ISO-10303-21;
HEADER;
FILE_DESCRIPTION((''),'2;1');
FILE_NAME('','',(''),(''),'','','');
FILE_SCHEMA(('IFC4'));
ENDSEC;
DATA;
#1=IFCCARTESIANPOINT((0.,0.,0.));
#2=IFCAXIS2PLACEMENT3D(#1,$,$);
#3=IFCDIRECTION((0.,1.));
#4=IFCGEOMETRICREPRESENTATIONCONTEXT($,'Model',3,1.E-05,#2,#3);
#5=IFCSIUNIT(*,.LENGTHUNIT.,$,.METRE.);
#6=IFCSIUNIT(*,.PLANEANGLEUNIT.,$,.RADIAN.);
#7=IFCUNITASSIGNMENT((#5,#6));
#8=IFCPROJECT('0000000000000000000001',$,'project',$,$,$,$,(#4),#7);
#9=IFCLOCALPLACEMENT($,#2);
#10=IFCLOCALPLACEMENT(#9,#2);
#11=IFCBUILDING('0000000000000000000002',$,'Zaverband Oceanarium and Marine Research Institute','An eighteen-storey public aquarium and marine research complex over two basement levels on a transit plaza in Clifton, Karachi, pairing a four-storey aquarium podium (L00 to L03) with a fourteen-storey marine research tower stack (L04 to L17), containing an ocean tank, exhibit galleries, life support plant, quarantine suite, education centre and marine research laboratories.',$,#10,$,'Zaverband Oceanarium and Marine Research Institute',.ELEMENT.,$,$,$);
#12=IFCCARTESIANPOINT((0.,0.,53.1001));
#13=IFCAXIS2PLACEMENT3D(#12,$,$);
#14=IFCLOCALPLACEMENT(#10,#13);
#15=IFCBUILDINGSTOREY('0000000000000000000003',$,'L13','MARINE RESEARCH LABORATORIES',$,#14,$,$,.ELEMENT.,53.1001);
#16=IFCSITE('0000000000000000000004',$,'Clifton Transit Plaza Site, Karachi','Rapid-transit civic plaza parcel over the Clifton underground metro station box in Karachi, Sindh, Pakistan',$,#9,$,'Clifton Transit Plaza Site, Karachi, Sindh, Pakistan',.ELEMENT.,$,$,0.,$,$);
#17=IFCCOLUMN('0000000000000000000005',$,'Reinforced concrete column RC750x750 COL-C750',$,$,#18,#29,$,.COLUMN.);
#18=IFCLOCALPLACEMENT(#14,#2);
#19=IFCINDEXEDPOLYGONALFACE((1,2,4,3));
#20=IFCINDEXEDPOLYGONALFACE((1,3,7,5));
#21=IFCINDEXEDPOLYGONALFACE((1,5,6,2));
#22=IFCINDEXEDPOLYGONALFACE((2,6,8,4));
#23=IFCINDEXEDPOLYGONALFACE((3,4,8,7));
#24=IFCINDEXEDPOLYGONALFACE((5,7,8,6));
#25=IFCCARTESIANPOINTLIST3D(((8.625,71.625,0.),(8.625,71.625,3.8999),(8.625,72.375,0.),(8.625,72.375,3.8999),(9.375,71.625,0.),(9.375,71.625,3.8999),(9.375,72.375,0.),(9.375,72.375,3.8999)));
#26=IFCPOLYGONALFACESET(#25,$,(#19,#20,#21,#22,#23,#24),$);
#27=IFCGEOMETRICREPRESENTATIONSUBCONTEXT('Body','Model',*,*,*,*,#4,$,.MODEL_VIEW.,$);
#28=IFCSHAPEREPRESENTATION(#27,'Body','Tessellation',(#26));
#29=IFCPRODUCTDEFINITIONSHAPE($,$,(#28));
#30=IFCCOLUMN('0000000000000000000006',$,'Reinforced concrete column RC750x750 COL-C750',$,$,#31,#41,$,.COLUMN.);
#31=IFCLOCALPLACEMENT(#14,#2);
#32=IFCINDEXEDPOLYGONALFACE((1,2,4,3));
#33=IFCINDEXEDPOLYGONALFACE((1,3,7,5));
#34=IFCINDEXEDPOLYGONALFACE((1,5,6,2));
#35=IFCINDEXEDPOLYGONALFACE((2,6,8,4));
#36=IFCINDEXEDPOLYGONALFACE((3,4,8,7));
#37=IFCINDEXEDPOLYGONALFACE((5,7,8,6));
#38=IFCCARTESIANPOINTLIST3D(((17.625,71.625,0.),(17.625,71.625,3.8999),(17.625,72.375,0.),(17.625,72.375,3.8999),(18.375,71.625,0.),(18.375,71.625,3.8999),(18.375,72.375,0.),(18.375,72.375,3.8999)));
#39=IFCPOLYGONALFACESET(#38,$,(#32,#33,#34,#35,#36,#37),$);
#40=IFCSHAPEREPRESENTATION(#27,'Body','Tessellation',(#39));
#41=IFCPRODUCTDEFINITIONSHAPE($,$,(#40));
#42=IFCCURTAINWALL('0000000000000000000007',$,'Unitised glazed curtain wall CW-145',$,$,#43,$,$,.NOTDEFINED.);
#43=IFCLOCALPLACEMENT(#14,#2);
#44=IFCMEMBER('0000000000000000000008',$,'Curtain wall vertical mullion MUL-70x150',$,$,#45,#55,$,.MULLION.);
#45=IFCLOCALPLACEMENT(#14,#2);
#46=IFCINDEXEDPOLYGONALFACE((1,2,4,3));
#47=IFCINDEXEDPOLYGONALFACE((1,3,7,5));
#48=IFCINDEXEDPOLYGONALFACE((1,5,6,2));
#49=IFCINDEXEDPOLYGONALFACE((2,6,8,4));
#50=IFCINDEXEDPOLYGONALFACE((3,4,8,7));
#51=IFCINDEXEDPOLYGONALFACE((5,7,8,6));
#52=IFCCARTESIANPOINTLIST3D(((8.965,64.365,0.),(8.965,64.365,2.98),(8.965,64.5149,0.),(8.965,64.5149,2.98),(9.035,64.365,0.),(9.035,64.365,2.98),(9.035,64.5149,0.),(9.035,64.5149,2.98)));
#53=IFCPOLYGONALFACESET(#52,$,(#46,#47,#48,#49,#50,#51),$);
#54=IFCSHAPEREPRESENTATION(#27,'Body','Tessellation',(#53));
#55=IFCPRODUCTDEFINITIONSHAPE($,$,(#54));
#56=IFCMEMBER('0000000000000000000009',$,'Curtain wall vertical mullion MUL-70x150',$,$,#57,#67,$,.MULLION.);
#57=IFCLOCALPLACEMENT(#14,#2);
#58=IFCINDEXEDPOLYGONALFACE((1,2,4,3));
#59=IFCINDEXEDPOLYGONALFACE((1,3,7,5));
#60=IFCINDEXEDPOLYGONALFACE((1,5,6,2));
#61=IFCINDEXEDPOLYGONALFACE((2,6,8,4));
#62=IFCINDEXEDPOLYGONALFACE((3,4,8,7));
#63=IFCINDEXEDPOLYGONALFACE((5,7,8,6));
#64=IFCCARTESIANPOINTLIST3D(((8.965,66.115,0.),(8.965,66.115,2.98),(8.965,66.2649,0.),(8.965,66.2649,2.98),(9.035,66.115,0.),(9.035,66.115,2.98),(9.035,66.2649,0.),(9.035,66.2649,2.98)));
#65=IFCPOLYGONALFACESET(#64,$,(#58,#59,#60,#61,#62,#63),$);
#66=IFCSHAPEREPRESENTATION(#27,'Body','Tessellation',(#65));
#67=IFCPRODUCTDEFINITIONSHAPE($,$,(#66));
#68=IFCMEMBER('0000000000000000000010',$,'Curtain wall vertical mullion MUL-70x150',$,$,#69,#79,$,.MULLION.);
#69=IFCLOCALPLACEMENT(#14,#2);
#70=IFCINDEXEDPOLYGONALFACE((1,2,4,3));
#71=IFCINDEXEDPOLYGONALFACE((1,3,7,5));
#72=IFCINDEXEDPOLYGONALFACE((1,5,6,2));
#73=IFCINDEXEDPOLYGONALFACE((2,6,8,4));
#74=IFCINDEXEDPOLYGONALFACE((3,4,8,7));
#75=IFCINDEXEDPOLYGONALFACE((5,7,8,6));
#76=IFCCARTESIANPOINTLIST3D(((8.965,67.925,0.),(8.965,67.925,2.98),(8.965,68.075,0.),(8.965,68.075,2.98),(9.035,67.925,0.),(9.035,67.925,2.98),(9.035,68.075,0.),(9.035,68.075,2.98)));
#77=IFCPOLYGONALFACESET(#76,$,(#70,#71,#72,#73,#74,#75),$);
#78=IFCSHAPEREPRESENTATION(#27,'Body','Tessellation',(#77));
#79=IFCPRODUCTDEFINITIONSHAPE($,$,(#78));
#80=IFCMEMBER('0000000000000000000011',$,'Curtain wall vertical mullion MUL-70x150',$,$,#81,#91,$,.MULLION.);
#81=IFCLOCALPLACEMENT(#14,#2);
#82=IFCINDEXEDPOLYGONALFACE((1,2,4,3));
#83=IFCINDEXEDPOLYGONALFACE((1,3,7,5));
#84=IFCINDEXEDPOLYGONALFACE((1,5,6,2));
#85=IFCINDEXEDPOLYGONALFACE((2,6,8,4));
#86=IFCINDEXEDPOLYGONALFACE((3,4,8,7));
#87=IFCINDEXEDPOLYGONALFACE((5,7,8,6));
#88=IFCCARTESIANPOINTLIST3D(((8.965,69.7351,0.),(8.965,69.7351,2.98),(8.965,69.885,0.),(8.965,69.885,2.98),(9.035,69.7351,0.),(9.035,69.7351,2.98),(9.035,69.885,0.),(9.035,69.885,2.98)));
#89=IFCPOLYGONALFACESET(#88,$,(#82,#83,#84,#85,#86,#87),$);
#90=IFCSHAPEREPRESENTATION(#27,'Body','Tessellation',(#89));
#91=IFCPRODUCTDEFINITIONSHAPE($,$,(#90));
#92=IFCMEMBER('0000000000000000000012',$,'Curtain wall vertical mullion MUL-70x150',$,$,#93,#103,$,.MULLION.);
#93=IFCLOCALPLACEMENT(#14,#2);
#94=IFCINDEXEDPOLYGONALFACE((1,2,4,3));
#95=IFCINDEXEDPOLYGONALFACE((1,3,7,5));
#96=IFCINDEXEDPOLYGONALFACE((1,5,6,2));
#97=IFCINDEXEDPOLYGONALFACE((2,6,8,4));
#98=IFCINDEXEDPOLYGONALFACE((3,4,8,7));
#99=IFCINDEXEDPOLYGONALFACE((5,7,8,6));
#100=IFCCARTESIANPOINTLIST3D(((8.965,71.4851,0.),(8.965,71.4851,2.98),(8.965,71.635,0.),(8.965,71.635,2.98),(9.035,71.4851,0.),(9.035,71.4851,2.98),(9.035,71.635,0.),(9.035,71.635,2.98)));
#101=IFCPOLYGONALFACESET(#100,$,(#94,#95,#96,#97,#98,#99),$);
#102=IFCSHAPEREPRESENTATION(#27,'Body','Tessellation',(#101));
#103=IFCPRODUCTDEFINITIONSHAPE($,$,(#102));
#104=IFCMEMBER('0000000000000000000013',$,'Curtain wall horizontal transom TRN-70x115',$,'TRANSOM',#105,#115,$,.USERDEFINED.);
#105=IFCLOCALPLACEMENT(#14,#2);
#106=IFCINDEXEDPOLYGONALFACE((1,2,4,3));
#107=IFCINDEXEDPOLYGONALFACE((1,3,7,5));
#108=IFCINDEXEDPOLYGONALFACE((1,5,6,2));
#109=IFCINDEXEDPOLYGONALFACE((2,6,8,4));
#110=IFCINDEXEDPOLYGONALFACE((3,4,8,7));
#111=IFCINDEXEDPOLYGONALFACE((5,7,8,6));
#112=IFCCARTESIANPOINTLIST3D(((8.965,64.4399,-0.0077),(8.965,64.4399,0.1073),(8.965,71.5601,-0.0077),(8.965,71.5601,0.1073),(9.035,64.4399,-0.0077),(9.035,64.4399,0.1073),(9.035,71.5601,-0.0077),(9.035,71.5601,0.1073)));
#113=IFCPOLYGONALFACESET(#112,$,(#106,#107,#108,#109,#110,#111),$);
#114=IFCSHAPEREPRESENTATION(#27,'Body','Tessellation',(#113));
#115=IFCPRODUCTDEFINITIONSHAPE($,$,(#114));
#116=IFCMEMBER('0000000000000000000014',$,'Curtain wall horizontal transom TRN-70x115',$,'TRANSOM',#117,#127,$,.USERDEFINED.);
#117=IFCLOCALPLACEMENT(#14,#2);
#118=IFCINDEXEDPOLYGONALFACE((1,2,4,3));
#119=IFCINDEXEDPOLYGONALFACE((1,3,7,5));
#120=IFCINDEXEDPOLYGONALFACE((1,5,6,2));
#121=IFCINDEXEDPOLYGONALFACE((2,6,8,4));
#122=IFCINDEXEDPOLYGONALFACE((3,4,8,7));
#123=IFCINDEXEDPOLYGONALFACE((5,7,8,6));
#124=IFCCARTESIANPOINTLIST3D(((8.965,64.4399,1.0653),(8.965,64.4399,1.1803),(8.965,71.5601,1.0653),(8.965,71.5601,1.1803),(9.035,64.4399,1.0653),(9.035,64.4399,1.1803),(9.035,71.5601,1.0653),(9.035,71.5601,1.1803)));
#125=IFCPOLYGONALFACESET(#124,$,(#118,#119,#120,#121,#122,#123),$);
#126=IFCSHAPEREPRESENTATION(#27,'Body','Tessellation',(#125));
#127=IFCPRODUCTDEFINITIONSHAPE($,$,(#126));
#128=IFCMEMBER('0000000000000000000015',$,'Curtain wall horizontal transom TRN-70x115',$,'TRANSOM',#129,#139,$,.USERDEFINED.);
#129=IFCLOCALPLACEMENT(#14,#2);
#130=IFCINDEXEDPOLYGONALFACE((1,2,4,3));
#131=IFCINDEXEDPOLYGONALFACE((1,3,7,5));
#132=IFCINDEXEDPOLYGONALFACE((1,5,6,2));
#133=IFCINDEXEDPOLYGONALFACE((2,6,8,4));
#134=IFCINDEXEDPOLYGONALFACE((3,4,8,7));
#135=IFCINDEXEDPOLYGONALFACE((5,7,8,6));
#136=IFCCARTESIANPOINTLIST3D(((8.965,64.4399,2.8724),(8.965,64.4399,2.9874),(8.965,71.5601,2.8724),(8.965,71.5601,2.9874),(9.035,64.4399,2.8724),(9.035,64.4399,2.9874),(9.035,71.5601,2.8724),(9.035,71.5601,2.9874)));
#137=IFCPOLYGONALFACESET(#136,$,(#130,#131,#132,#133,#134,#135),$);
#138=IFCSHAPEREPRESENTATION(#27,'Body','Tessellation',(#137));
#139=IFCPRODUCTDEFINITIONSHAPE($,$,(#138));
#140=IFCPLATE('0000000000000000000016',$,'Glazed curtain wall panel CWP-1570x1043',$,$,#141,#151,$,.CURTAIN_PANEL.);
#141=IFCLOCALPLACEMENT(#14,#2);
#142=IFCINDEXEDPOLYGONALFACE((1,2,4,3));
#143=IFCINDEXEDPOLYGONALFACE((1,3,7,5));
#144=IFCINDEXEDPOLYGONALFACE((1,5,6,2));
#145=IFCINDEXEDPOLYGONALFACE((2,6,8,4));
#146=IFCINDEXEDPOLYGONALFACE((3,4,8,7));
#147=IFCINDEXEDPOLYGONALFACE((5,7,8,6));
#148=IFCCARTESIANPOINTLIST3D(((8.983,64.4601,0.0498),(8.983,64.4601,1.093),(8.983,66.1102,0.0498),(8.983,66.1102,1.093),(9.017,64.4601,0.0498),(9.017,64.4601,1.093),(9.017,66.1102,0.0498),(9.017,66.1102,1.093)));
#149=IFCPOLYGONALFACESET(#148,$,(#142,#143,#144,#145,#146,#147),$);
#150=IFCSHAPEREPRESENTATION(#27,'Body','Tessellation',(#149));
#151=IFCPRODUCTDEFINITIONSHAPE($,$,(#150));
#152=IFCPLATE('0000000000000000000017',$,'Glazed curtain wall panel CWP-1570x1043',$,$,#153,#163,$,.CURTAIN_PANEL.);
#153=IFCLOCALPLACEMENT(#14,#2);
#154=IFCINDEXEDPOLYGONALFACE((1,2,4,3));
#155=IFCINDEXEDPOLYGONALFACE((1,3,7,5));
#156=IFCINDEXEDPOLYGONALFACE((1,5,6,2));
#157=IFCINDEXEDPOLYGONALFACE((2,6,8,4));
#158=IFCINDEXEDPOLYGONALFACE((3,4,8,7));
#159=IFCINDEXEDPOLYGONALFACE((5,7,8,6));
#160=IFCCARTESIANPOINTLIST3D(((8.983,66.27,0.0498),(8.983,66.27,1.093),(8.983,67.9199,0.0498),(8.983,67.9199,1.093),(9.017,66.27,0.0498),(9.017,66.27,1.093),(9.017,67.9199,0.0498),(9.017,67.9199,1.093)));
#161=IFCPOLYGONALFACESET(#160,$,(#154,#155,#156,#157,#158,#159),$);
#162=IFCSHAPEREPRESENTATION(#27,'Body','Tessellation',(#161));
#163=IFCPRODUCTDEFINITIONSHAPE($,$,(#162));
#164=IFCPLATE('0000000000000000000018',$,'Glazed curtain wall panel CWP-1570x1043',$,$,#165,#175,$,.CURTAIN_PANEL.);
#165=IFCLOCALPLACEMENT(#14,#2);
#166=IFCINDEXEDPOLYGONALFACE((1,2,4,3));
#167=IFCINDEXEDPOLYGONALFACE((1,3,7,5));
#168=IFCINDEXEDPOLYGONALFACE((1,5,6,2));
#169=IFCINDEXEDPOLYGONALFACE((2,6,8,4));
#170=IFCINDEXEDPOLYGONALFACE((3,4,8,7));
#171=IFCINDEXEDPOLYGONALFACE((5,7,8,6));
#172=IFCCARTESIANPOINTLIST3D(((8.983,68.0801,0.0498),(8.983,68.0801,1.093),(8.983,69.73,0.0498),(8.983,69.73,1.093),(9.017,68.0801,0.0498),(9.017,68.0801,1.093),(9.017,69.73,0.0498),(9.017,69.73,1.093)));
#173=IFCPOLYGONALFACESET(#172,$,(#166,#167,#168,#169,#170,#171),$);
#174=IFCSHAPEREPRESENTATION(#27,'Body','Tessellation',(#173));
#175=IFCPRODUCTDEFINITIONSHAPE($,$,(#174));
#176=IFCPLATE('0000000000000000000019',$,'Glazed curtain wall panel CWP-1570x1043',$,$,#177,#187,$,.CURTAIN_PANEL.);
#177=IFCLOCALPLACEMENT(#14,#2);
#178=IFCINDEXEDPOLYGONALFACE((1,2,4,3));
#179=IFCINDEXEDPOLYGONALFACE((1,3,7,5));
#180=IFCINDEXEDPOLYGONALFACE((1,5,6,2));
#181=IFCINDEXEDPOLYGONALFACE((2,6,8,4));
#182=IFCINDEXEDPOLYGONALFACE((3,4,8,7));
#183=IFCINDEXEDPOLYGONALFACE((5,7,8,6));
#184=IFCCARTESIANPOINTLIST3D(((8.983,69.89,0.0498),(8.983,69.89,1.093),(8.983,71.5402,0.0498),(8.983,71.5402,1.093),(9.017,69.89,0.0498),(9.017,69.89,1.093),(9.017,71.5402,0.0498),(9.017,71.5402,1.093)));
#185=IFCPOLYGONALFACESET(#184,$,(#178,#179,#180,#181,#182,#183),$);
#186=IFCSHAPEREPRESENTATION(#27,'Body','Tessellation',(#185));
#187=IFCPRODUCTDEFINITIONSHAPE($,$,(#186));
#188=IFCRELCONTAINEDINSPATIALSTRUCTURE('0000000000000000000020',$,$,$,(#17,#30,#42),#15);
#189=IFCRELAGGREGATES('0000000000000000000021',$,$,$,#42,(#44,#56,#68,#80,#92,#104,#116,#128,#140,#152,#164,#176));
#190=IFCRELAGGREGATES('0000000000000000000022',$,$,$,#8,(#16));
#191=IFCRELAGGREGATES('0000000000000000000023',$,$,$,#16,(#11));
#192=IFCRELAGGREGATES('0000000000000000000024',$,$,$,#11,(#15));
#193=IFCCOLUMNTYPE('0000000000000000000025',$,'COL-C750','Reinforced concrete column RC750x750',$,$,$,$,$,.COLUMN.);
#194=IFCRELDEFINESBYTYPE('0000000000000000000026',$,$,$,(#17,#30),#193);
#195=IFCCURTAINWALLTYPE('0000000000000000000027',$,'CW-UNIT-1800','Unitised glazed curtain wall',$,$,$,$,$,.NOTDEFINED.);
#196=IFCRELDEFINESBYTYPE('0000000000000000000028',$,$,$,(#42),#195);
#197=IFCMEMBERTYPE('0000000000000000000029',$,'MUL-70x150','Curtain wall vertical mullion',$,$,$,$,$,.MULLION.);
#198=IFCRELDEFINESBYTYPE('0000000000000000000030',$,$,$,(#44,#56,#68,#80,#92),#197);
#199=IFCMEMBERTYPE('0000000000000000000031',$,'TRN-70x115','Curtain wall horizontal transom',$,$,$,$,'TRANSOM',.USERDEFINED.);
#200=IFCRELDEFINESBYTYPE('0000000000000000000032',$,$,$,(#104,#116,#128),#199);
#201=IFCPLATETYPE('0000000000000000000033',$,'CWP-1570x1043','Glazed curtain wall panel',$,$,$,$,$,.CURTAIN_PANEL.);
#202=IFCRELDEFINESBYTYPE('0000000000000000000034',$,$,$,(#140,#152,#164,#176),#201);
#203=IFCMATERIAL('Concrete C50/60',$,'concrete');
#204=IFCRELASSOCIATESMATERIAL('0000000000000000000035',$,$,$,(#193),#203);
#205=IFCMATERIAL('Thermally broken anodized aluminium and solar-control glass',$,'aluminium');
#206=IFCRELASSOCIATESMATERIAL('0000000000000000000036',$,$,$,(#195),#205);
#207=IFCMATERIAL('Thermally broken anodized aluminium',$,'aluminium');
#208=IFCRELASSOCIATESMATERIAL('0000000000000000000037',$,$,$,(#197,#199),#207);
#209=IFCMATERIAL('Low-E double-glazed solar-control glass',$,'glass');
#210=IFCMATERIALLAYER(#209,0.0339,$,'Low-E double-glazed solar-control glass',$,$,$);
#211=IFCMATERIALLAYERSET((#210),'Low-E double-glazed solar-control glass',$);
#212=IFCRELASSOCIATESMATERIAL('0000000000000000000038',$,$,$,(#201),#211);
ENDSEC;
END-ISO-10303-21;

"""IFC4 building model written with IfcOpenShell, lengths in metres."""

from ifc_helpers import new_model, si_unit, direction, frame, frame_2d, origin, origin_2d, place, context, subcontext, project, spatial, rectangle, extrude, material, layer, layer_set, material_profile, profile_set, type_object, element, aggregate, save


model = new_model("IFC4")

# Units and contexts
model_context = context("Model", 3, precision=1e-05, world=origin(), true_north=direction((0.0, 1.0)))
body_context = subcontext(model_context, "Body", "Model", "MODEL_VIEW")
ifc_project = project(units=[si_unit("LENGTHUNIT", "METRE"), si_unit("PLANEANGLEUNIT", "RADIAN")], contexts=[model_context])

# Site, building, storey
site_placement = place(None, origin())
site = spatial("IfcSite", under=ifc_project, at=site_placement, Name="Clifton Transit Plaza Site, Karachi", Description="Rapid-transit civic plaza parcel over the Clifton underground metro station box in Karachi, Sindh, Pakistan", LongName="Clifton Transit Plaza Site, Karachi, Sindh, Pakistan", CompositionType="ELEMENT", RefElevation=0.0)
building_placement = place(site_placement, origin())
building = spatial("IfcBuilding", under=site, at=building_placement, Name="Zaverband Oceanarium and Marine Research Institute", Description="An eighteen-storey public aquarium and marine research complex over two basement levels on a transit plaza in Clifton, Karachi, pairing a four-storey aquarium podium (L00 to L03) with a fourteen-storey marine research tower stack (L04 to L17), containing an ocean tank, exhibit galleries, life support plant, quarantine suite, education centre and marine research laboratories.", LongName="Zaverband Oceanarium and Marine Research Institute", CompositionType="ELEMENT")
storey_placement = place(building_placement, frame((0.0, 0.0, 53.1001)))
storey = spatial("IfcBuildingStorey", under=building, at=storey_placement, Name="L13", Description="MARINE RESEARCH LABORATORIES", CompositionType="ELEMENT", Elevation=53.1001)

# Columns
ifc_material_1 = material(Name="Concrete C50/60", Category="concrete")
ifc_material_profile_1 = material_profile(ifc_material_1, rectangle(XDim=0.75, YDim=0.75, at=origin_2d()), Name="RC750x750")
ifc_profile_set_1 = profile_set([ifc_material_profile_1], Name="Concrete C50/60")
column_type = type_object("IfcColumnType", Name="COL-C750", Description="Reinforced concrete column RC750x750", PredefinedType="COLUMN", material=ifc_profile_set_1)
for number, where, z_axis, x_axis, name in (
    (1, (9.0, 72.0, 0.0), (0.0, 0.0, 1.0), (1.0, 0.0, 0.0), "Reinforced concrete column RC750x750 COL-C750"),
    (2, (18.0, 72.0, 0.0), (0.0, 0.0, 1.0), (1.0, 0.0, 0.0), "Reinforced concrete column RC750x750 COL-C750"),
):
    element("IfcColumn", number, at=place(storey_placement, frame(where, z_axis=z_axis, x_axis=x_axis)), inside=storey, type_object=column_type, Name=name, PredefinedType="COLUMN", context=body_context, shape_type="SweptSolid", body=[
        extrude(rectangle(XDim=0.75, YDim=0.75, at=origin_2d()), origin(), (0.0, 0.0, 1.0), 3.8999),
    ])

# Curtain wall, members, plates
ifc_material_2 = material(Name="Thermally broken anodized aluminium and solar-control glass", Category="aluminium")
curtain_wall_type = type_object("IfcCurtainWallType", Name="CW-UNIT-1800", Description="Unitised glazed curtain wall", PredefinedType="NOTDEFINED", material=ifc_material_2)
curtain_wall_1_placement = place(storey_placement, origin())
curtain_wall_1 = element("IfcCurtainWall", 3, at=curtain_wall_1_placement, inside=storey, type_object=curtain_wall_type, Name="Unitised glazed curtain wall CW-145", PredefinedType="NOTDEFINED")
ifc_material_3 = material(Name="Thermally broken anodized aluminium", Category="aluminium")
ifc_material_profile_2 = material_profile(ifc_material_3, rectangle(XDim=0.0701, YDim=0.1499, at=origin_2d()), Name="AL-MUL-70x150")
ifc_profile_set_2 = profile_set([ifc_material_profile_2], Name="Thermally broken anodized aluminium")
member_type_1 = type_object("IfcMemberType", Name="MUL-70x150", Description="Curtain wall vertical mullion", PredefinedType="MULLION", material=ifc_profile_set_2)
member_1_placement = place(storey_placement, frame((9.0, 64.4399, 0.0), z_axis=(0.0, 0.0, 1.0), x_axis=(1.0, 0.0, 0.0)))
member_1 = element("IfcMember", 4, at=member_1_placement, type_object=member_type_1, Name="Curtain wall vertical mullion MUL-70x150", PredefinedType="MULLION", context=body_context, shape_type="SweptSolid", body=[
    extrude(rectangle(XDim=0.0701, YDim=0.1499, at=origin_2d()), origin(), (0.0, 0.0, 1.0), 2.98),
])
member_2_placement = place(storey_placement, frame((9.0, 66.1899, 0.0), z_axis=(0.0, 0.0, 1.0), x_axis=(1.0, 0.0, 0.0)))
member_2 = element("IfcMember", 5, at=member_2_placement, type_object=member_type_1, Name="Curtain wall vertical mullion MUL-70x150", PredefinedType="MULLION", context=body_context, shape_type="SweptSolid", body=[
    extrude(rectangle(XDim=0.0701, YDim=0.1499, at=origin_2d()), origin(), (0.0, 0.0, 1.0), 2.98),
])
member_3_placement = place(storey_placement, frame((9.0, 68.0, 0.0), z_axis=(0.0, 0.0, 1.0), x_axis=(1.0, 0.0, 0.0)))
member_3 = element("IfcMember", 6, at=member_3_placement, type_object=member_type_1, Name="Curtain wall vertical mullion MUL-70x150", PredefinedType="MULLION", context=body_context, shape_type="SweptSolid", body=[
    extrude(rectangle(XDim=0.0701, YDim=0.1499, at=origin_2d()), origin(), (0.0, 0.0, 1.0), 2.98),
])
member_4_placement = place(storey_placement, frame((9.0, 69.8101, 0.0), z_axis=(0.0, 0.0, 1.0), x_axis=(1.0, 0.0, 0.0)))
member_4 = element("IfcMember", 7, at=member_4_placement, type_object=member_type_1, Name="Curtain wall vertical mullion MUL-70x150", PredefinedType="MULLION", context=body_context, shape_type="SweptSolid", body=[
    extrude(rectangle(XDim=0.0701, YDim=0.1499, at=origin_2d()), origin(), (0.0, 0.0, 1.0), 2.98),
])
member_5_placement = place(storey_placement, frame((9.0, 71.5601, 0.0), z_axis=(0.0, 0.0, 1.0), x_axis=(1.0, 0.0, 0.0)))
member_5 = element("IfcMember", 8, at=member_5_placement, type_object=member_type_1, Name="Curtain wall vertical mullion MUL-70x150", PredefinedType="MULLION", context=body_context, shape_type="SweptSolid", body=[
    extrude(rectangle(XDim=0.0701, YDim=0.1499, at=origin_2d()), origin(), (0.0, 0.0, 1.0), 2.98),
])
ifc_material_profile_3 = material_profile(ifc_material_3, rectangle(XDim=0.0701, YDim=0.115, at=origin_2d()), Name="AL-TRN-70x115")
ifc_profile_set_3 = profile_set([ifc_material_profile_3], Name="Thermally broken anodized aluminium")
member_type_2 = type_object("IfcMemberType", Name="TRN-70x115", Description="Curtain wall horizontal transom", ElementType="TRANSOM", PredefinedType="USERDEFINED", material=ifc_profile_set_3)
member_6_placement = place(storey_placement, frame((9.0, 64.4399, 0.0498), z_axis=(0.0, 1.0, 0.0), x_axis=(-1.0, 0.0, 0.0)))
member_6 = element("IfcMember", 9, at=member_6_placement, type_object=member_type_2, Name="Curtain wall horizontal transom TRN-70x115", ObjectType="TRANSOM", PredefinedType="USERDEFINED", context=body_context, shape_type="SweptSolid", body=[
    extrude(rectangle(XDim=0.0701, YDim=0.115, at=origin_2d()), origin(), (0.0, 0.0, 1.0), 7.1201),
])
member_7_placement = place(storey_placement, frame((9.0, 64.4399, 1.1228), z_axis=(0.0, 1.0, 0.0), x_axis=(-1.0, 0.0, 0.0)))
member_7 = element("IfcMember", 10, at=member_7_placement, type_object=member_type_2, Name="Curtain wall horizontal transom TRN-70x115", ObjectType="TRANSOM", PredefinedType="USERDEFINED", context=body_context, shape_type="SweptSolid", body=[
    extrude(rectangle(XDim=0.0701, YDim=0.115, at=origin_2d()), origin(), (0.0, 0.0, 1.0), 7.1201),
])
member_8_placement = place(storey_placement, frame((9.0, 64.4399, 2.9299), z_axis=(0.0, 1.0, 0.0), x_axis=(-1.0, 0.0, 0.0)))
member_8 = element("IfcMember", 11, at=member_8_placement, type_object=member_type_2, Name="Curtain wall horizontal transom TRN-70x115", ObjectType="TRANSOM", PredefinedType="USERDEFINED", context=body_context, shape_type="SweptSolid", body=[
    extrude(rectangle(XDim=0.0701, YDim=0.115, at=origin_2d()), origin(), (0.0, 0.0, 1.0), 7.1201),
])
ifc_material_4 = material(Name="Low-E double-glazed solar-control glass", Category="glass")
ifc_layer_1 = layer(ifc_material_4, 0.0339, Name="Low-E double-glazed solar-control glass")
ifc_layer_set_1 = layer_set([ifc_layer_1], Name="Low-E double-glazed solar-control glass")
plate_type_1 = type_object("IfcPlateType", Name="CWP-1570x1043", Description="Glazed curtain wall panel", PredefinedType="CURTAIN_PANEL", material=ifc_layer_set_1)
plate_1_placement = place(storey_placement, frame((9.0, 64.46, 0.0498), z_axis=(0.0, 0.0, 1.0), x_axis=(0.0, 1.0, 0.0)))
plate_1 = element("IfcPlate", 12, at=plate_1_placement, type_object=plate_type_1, Name="Glazed curtain wall panel CWP-1570x1043", PredefinedType="CURTAIN_PANEL", context=body_context, shape_type="SweptSolid", body=[
    extrude(rectangle(XDim=1.6501, YDim=0.0339, at=frame_2d((0.8252, 0.0))), origin(), (0.0, 0.0, 1.0), 1.0432),
])
plate_2_placement = place(storey_placement, frame((9.0, 66.27, 0.0498), z_axis=(0.0, 0.0, 1.0), x_axis=(0.0, 1.0, 0.0)))
plate_2 = element("IfcPlate", 13, at=plate_2_placement, type_object=plate_type_1, Name="Glazed curtain wall panel CWP-1570x1043", PredefinedType="CURTAIN_PANEL", context=body_context, shape_type="SweptSolid", body=[
    extrude(rectangle(XDim=1.6499, YDim=0.0339, at=frame_2d((0.825, 0.0))), origin(), (0.0, 0.0, 1.0), 1.0432),
])
plate_3_placement = place(storey_placement, frame((9.0, 68.0801, 0.0498), z_axis=(0.0, 0.0, 1.0), x_axis=(0.0, 1.0, 0.0)))
plate_3 = element("IfcPlate", 14, at=plate_3_placement, type_object=plate_type_1, Name="Glazed curtain wall panel CWP-1570x1043", PredefinedType="CURTAIN_PANEL", context=body_context, shape_type="SweptSolid", body=[
    extrude(rectangle(XDim=1.6499, YDim=0.0339, at=frame_2d((0.825, 0.0))), origin(), (0.0, 0.0, 1.0), 1.0432),
])
plate_4_placement = place(storey_placement, frame((9.0, 69.8899, 0.0498), z_axis=(0.0, 0.0, 1.0), x_axis=(0.0, 1.0, 0.0)))
plate_4 = element("IfcPlate", 15, at=plate_4_placement, type_object=plate_type_1, Name="Glazed curtain wall panel CWP-1570x1043", PredefinedType="CURTAIN_PANEL", context=body_context, shape_type="SweptSolid", body=[
    extrude(rectangle(XDim=1.6501, YDim=0.0339, at=frame_2d((0.8252, 0.0))), origin(), (0.0, 0.0, 1.0), 1.0432),
])
aggregate(curtain_wall_1, [member_1, member_2, member_3, member_4, member_5, member_6, member_7, member_8, plate_1, plate_2, plate_3, plate_4])

save(model, "model.ifc")
